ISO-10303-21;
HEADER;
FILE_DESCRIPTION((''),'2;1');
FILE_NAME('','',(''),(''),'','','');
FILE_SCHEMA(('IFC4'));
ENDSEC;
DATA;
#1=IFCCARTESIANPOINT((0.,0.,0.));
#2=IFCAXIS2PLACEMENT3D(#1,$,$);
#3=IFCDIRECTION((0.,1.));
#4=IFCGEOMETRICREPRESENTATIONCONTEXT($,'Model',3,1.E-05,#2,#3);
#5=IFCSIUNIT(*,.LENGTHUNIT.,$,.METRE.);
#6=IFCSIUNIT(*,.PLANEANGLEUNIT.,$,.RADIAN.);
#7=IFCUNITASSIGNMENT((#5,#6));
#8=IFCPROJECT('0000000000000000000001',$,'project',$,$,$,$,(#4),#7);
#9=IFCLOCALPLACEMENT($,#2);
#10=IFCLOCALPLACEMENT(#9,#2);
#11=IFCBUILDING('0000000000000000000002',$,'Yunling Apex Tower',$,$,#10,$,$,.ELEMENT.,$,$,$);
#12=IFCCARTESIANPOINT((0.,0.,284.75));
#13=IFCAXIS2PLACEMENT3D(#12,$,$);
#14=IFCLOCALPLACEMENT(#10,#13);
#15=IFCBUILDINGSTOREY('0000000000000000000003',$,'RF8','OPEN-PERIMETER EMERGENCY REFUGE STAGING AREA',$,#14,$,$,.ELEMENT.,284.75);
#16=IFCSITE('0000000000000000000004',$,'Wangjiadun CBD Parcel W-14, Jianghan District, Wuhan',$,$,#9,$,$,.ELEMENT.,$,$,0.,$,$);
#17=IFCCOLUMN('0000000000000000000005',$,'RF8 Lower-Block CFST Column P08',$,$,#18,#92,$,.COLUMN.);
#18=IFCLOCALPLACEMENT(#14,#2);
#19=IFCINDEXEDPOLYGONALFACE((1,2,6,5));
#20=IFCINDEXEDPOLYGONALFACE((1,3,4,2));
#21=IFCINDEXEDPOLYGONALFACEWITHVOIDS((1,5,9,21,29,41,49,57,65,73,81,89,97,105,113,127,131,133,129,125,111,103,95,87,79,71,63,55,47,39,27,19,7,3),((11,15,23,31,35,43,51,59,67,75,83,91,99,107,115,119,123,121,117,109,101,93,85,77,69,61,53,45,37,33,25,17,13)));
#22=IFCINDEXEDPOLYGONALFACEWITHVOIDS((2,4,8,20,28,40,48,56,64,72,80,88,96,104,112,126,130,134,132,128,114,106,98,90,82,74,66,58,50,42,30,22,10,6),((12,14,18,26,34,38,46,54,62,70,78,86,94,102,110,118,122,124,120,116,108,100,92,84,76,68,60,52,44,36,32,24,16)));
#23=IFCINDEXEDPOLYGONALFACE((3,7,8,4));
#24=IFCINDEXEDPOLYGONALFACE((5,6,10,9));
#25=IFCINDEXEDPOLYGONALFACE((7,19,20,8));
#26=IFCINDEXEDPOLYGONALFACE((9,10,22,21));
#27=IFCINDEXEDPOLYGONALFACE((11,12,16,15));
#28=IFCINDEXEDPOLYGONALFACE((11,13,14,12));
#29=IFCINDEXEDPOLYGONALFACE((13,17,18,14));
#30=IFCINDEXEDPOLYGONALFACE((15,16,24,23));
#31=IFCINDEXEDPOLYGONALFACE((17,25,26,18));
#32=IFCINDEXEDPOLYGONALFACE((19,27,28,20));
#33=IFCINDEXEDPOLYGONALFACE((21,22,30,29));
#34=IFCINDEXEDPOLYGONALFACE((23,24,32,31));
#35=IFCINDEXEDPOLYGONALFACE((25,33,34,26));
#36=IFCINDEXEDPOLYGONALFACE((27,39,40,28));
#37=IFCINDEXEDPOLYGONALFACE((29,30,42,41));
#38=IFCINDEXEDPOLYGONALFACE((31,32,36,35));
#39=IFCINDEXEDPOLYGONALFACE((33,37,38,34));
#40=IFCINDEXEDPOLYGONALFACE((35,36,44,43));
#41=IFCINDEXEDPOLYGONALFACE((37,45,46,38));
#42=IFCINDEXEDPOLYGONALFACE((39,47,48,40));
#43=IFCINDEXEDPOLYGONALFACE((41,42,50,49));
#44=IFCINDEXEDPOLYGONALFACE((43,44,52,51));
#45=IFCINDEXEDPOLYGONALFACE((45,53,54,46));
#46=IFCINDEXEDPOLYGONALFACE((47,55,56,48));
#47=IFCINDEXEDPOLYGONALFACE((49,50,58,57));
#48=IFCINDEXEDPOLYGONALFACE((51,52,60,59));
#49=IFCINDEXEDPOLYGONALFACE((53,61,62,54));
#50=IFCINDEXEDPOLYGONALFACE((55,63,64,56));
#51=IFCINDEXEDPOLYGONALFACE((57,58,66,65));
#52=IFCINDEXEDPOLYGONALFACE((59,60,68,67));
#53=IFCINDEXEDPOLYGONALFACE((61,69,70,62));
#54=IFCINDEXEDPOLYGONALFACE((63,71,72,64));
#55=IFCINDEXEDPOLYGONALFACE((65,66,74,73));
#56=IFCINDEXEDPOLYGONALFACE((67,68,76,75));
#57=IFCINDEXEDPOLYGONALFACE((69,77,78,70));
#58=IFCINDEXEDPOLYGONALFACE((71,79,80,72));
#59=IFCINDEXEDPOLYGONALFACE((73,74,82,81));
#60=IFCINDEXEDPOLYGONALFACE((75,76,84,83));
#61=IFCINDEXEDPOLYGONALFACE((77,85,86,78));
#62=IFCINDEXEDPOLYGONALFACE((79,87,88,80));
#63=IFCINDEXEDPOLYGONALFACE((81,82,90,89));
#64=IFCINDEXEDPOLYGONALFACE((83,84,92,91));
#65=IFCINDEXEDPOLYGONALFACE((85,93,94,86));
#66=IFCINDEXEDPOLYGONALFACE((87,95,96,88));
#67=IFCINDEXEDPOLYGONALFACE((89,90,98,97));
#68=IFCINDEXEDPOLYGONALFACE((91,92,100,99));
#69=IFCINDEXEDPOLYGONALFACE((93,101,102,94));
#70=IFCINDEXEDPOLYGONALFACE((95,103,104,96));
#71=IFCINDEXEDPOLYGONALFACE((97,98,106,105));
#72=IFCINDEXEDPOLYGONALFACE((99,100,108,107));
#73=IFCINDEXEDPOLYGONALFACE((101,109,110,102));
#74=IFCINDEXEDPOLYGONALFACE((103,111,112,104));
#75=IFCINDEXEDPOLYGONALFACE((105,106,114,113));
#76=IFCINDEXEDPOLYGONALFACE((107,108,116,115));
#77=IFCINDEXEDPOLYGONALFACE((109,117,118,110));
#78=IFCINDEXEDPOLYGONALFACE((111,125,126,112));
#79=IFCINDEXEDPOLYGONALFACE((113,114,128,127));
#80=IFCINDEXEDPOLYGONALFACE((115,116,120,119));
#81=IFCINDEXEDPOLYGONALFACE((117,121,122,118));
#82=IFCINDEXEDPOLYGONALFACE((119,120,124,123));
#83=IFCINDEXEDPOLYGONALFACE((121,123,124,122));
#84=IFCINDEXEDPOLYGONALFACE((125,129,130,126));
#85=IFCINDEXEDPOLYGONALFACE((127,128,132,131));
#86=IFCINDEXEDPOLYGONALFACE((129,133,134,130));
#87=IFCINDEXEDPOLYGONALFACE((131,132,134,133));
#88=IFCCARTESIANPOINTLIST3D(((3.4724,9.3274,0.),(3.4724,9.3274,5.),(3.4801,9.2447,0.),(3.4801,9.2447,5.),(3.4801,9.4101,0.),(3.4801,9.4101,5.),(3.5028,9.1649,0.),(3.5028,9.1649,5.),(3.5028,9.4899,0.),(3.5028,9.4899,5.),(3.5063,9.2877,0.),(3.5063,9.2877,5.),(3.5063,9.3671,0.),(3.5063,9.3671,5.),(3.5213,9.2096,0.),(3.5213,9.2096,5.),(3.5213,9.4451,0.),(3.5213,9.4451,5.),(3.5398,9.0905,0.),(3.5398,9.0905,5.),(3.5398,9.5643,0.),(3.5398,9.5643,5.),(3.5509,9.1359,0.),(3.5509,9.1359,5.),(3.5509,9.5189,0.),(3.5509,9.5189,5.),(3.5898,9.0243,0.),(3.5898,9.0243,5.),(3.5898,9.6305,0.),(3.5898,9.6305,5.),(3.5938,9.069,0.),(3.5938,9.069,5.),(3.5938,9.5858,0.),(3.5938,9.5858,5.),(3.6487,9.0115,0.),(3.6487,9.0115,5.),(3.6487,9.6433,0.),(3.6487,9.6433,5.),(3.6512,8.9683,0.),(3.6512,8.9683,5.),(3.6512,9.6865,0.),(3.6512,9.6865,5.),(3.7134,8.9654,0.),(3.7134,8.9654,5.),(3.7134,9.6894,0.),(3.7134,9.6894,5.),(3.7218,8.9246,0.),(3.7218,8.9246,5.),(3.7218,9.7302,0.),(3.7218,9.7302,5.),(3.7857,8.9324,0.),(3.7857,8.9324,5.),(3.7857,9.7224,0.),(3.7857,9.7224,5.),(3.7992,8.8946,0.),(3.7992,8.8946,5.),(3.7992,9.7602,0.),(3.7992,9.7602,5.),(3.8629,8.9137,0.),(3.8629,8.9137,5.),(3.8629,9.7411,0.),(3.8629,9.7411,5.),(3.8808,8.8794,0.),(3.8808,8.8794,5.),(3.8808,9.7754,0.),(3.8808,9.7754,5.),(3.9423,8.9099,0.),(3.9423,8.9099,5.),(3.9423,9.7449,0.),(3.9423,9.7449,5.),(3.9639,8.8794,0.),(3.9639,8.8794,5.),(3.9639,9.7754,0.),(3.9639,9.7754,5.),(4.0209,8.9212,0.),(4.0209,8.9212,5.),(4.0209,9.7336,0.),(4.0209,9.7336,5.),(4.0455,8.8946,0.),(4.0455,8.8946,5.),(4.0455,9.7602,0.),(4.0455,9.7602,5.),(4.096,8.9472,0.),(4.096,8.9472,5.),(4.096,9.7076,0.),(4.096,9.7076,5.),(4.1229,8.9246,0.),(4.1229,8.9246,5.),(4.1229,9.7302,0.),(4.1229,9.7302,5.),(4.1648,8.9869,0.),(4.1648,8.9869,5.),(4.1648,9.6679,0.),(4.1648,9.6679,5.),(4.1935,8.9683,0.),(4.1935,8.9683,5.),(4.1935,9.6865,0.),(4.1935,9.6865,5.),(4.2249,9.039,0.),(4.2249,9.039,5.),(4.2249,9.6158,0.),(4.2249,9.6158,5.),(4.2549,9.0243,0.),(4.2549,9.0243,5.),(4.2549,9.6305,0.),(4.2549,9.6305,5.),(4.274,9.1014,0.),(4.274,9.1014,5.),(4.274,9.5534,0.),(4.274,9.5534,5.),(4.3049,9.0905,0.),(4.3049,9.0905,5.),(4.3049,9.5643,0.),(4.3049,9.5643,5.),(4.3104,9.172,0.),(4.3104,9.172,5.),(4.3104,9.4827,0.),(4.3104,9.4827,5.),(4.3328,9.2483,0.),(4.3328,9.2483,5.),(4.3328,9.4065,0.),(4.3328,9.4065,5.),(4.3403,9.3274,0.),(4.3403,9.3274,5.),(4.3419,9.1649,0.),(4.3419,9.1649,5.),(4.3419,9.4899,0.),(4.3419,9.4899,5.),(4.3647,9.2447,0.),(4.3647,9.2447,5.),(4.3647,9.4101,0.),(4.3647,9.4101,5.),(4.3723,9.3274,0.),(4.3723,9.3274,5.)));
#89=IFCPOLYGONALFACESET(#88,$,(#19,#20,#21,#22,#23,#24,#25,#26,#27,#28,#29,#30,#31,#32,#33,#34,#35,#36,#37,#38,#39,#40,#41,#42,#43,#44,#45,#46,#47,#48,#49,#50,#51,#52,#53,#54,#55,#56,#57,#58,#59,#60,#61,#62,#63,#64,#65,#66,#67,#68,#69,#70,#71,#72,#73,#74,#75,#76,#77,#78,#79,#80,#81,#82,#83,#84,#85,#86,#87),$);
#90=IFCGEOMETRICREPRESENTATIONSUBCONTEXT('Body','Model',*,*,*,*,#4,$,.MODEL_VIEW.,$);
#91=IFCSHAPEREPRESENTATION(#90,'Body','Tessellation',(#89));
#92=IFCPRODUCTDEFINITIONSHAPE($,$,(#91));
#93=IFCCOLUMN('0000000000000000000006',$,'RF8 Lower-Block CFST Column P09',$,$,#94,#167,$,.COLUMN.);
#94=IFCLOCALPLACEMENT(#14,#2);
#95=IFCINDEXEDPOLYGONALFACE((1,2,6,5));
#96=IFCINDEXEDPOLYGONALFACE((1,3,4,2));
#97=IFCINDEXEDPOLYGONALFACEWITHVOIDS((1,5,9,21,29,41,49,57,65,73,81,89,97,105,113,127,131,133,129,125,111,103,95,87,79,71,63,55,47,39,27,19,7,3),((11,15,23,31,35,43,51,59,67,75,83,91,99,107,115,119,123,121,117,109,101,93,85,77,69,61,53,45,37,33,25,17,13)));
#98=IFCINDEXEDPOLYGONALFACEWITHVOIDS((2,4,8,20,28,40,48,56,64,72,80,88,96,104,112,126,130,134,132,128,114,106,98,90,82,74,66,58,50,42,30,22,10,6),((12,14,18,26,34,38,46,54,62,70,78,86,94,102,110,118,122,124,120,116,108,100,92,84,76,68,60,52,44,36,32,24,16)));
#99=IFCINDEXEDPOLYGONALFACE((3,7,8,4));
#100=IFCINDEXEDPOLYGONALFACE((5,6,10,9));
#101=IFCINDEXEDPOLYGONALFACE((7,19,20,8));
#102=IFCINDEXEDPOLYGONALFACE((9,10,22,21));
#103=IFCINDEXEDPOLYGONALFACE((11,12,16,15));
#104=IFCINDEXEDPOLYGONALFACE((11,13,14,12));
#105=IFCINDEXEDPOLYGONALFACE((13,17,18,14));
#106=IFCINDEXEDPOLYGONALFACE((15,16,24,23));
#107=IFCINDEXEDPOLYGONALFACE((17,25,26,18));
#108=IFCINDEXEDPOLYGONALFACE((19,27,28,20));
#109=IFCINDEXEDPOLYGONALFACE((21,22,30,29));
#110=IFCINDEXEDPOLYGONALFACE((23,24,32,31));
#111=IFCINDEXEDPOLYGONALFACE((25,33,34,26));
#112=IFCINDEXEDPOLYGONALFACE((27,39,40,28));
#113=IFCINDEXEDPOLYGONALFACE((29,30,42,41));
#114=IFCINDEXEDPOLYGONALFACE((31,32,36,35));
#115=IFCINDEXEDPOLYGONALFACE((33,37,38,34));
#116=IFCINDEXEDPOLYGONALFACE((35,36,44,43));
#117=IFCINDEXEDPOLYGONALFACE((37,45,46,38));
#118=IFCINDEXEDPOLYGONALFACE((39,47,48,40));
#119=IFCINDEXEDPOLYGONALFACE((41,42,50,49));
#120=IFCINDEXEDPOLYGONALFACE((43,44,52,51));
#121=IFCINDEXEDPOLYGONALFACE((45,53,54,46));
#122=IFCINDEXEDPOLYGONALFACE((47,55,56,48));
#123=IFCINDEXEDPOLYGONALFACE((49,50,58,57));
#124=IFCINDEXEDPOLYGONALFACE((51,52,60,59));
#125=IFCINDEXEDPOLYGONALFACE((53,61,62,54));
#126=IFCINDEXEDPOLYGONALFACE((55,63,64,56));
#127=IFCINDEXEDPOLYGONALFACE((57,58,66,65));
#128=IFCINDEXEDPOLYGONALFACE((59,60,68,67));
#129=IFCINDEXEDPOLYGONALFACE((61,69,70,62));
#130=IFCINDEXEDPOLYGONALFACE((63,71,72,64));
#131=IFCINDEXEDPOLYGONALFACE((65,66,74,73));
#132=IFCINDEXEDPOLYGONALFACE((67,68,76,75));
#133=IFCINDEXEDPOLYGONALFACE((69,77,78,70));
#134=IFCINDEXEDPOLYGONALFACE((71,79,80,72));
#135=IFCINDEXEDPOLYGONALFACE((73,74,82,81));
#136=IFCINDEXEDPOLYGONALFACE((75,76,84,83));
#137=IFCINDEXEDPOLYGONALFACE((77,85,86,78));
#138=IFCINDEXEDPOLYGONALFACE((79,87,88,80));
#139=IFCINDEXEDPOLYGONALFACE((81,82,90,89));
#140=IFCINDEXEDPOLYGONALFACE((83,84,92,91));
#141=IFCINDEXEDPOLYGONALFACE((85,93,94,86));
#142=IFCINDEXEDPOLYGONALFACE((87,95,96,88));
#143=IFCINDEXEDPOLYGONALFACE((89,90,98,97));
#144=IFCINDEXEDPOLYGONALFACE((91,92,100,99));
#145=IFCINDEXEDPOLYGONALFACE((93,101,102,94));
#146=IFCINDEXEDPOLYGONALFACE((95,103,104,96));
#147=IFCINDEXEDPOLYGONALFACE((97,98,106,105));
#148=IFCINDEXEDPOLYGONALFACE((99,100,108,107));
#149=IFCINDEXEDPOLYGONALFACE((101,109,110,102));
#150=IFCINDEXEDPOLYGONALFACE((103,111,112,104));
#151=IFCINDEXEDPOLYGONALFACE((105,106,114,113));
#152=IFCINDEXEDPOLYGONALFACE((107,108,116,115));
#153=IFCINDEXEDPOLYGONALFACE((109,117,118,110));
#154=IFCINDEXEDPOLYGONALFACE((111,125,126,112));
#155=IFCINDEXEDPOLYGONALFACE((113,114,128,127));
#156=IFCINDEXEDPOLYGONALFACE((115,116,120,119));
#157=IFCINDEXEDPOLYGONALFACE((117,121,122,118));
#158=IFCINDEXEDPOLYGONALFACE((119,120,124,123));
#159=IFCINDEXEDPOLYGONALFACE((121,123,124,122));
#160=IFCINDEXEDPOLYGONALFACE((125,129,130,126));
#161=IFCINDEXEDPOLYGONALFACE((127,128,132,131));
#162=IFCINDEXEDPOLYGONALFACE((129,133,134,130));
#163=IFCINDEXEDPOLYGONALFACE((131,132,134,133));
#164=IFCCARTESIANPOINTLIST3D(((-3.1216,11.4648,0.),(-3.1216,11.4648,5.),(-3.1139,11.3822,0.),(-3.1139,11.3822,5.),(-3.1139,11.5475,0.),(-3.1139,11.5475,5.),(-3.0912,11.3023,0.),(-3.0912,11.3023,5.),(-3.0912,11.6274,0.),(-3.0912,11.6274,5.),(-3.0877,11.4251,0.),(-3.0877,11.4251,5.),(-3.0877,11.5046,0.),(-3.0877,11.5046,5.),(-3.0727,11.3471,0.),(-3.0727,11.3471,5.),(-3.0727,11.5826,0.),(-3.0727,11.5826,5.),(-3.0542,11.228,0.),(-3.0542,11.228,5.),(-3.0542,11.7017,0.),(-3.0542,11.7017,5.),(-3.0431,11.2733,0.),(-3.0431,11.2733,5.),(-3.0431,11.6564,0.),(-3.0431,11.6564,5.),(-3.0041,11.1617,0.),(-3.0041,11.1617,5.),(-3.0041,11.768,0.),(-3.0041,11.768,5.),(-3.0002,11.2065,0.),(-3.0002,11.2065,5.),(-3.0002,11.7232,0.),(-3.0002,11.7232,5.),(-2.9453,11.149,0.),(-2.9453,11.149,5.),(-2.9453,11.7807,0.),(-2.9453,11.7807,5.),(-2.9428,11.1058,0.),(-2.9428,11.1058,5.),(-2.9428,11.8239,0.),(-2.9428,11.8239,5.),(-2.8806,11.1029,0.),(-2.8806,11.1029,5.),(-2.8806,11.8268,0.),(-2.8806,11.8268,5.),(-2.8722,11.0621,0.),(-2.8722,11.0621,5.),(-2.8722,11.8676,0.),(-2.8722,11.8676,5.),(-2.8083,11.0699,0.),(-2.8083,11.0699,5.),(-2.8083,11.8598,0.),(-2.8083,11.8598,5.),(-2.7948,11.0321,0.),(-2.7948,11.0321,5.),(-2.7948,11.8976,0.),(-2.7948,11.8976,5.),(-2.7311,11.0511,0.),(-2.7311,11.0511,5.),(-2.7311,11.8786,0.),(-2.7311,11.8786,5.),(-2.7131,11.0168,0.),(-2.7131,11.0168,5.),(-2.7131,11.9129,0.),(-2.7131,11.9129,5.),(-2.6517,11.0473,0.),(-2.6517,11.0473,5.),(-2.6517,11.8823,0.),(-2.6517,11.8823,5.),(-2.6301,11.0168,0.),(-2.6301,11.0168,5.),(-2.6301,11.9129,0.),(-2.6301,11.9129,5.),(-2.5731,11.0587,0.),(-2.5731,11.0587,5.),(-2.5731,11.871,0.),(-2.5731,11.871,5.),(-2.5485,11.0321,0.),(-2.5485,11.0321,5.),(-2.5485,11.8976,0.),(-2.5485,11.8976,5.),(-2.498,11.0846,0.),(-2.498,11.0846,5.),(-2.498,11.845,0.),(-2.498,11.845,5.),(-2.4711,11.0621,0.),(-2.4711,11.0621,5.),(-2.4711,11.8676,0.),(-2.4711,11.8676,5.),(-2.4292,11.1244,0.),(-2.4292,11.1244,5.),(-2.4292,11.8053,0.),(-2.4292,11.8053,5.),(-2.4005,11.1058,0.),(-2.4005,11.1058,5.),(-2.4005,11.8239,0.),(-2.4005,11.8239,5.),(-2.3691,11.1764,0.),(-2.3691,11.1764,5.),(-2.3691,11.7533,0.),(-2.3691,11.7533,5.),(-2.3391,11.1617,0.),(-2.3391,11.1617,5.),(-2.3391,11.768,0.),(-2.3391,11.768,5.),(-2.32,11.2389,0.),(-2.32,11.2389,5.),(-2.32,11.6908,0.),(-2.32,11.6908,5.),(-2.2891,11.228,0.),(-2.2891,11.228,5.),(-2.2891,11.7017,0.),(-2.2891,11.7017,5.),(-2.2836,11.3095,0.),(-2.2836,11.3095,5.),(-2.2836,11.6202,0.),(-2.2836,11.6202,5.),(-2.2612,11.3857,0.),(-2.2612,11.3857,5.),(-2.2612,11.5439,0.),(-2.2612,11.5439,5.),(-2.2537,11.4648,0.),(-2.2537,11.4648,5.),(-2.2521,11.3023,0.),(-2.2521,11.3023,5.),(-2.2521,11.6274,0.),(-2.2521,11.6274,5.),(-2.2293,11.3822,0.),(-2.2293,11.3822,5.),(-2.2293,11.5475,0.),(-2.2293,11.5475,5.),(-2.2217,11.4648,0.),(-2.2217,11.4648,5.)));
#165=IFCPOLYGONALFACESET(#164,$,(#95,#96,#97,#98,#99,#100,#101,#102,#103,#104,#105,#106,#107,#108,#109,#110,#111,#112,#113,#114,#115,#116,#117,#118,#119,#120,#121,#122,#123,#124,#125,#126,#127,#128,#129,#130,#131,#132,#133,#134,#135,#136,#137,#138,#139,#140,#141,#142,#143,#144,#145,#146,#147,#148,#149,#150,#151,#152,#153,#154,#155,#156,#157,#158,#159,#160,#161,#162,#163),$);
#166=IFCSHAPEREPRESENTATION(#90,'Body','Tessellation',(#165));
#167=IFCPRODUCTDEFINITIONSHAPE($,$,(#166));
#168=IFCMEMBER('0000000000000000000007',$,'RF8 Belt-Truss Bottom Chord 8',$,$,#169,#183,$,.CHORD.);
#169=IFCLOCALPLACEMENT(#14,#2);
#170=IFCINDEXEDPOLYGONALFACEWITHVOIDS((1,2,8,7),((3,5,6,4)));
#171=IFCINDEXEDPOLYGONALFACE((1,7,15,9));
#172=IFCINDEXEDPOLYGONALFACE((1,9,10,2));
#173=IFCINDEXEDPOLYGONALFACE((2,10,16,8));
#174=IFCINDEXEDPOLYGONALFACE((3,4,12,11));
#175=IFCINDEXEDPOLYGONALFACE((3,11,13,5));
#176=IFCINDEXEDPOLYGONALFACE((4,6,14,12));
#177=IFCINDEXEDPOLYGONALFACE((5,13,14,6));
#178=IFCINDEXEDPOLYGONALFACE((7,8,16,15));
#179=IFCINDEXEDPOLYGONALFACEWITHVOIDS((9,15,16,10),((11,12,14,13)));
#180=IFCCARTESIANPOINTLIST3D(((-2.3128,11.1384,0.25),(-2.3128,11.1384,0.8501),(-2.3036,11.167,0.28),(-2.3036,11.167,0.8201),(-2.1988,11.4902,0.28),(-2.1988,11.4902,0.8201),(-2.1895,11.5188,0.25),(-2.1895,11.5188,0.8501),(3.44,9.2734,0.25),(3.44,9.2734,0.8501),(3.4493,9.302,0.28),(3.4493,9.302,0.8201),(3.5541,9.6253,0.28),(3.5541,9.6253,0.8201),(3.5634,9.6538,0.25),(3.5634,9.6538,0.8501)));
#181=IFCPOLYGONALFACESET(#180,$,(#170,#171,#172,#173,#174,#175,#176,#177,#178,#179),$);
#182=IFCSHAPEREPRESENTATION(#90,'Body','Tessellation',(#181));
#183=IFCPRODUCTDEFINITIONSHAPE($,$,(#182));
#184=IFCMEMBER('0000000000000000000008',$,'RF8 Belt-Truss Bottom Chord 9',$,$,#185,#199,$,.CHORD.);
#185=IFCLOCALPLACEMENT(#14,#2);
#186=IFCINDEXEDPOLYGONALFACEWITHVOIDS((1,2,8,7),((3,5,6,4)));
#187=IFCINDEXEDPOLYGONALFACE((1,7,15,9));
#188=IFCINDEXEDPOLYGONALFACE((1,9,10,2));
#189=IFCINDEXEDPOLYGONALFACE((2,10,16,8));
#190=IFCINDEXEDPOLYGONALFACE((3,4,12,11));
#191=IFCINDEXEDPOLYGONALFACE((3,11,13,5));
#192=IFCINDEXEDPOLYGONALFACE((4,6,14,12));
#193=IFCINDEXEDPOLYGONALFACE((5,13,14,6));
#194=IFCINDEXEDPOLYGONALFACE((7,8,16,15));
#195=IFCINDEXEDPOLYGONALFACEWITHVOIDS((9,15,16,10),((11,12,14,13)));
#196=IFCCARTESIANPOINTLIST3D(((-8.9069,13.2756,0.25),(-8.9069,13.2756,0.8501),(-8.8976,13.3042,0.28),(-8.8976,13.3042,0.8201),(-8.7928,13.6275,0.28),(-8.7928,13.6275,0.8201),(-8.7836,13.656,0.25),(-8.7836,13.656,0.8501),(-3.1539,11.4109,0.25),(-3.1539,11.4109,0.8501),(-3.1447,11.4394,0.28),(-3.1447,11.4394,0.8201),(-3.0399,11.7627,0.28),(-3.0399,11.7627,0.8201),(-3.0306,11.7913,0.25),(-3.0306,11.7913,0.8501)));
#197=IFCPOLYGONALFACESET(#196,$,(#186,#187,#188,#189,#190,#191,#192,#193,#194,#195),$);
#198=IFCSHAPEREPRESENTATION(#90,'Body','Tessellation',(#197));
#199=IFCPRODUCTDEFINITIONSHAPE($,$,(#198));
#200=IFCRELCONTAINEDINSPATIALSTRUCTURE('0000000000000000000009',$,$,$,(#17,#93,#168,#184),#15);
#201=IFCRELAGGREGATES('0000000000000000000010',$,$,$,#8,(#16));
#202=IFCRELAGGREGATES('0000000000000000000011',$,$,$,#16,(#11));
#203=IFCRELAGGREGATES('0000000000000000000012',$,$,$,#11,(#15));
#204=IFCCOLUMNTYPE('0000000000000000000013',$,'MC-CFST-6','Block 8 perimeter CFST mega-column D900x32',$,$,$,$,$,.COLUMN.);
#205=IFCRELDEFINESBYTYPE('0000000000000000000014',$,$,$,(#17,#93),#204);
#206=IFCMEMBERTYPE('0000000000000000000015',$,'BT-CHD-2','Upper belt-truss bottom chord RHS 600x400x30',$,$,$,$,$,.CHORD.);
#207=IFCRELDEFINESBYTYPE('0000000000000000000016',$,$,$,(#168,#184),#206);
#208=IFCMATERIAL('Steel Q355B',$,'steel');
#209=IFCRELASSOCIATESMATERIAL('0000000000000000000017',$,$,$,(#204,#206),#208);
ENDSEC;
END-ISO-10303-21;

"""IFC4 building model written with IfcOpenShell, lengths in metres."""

from ifc_helpers import new_model, si_unit, direction, frame, origin, origin_2d, place, context, subcontext, project, spatial, hollow_rectangle, hollow_circle, extrude, source, transform, mapped, material, material_profile, profile_set, type_object, element, save


model = new_model("IFC4")

# Units and contexts
model_context = context("Model", 3, precision=1e-05, world=origin(), true_north=direction((0.0, 1.0)))
body_context = subcontext(model_context, "Body", "Model", "MODEL_VIEW")
ifc_project = project(units=[si_unit("LENGTHUNIT", "METRE"), si_unit("PLANEANGLEUNIT", "RADIAN")], contexts=[model_context])

# Site, building, storey
site_placement = place(None, origin())
site = spatial("IfcSite", under=ifc_project, at=site_placement, Name="Wangjiadun CBD Parcel W-14, Jianghan District, Wuhan", CompositionType="ELEMENT", RefElevation=0.0)
building_placement = place(site_placement, origin())
building = spatial("IfcBuilding", under=site, at=building_placement, Name="Yunling Apex Tower", CompositionType="ELEMENT")
storey_placement = place(building_placement, frame((0.0, 0.0, 284.75)))
storey = spatial("IfcBuildingStorey", under=building, at=storey_placement, Name="RF8", Description="OPEN-PERIMETER EMERGENCY REFUGE STAGING AREA", CompositionType="ELEMENT", Elevation=284.75)

# Columns
ifc_material_1 = material(Name="Steel Q355B", Category="steel")
ifc_material_profile_1 = material_profile(ifc_material_1, hollow_circle(Radius=0.45, WallThickness=0.032, at=origin_2d()))
ifc_profile_set_1 = profile_set([ifc_material_profile_1], Name="Steel Q355B")
column_type = type_object("IfcColumnType", Name="MC-CFST-6", Description="Block 8 perimeter CFST mega-column D900x32", PredefinedType="COLUMN", material=ifc_profile_set_1)
shared_shape_1 = source(origin(), body_context, "Body", "SweptSolid", [
    extrude(hollow_circle(Radius=0.45, WallThickness=0.032, at=origin_2d()), origin(), (0.0, 0.0, 1.0), 5.0),
])
for number, where, z_axis, x_axis, name in (
    (1, (3.9224, 9.3274, 0.0), (0.0, 0.0, 1.0), (1.0, 0.0, 0.0), "RF8 Lower-Block CFST Column P08"),
    (2, (-2.6716, 11.4648, 0.0), (0.0, 0.0, 1.0), (1.0, 0.0, 0.0), "RF8 Lower-Block CFST Column P09"),
):
    element("IfcColumn", number, at=place(storey_placement, frame(where, z_axis=z_axis, x_axis=x_axis)), inside=storey, type_object=column_type, Name=name, PredefinedType="COLUMN", context=body_context, shape_type="MappedRepresentation", body=[
        mapped(shared_shape_1, transform((0.0, 0.0, 0.0), scale=1.0)),
    ])

# Members
ifc_material_profile_2 = material_profile(ifc_material_1, hollow_rectangle(XDim=0.3999, YDim=0.6001, WallThickness=0.03, at=origin_2d()))
ifc_profile_set_2 = profile_set([ifc_material_profile_2], Name="Steel Q355B")
member_type_1 = type_object("IfcMemberType", Name="BT-CHD-2", Description="Upper belt-truss bottom chord RHS 600x400x30", PredefinedType="CHORD", material=ifc_profile_set_2)
shared_shape_2 = source(origin(), body_context, "Body", "SweptSolid", [
    extrude(hollow_rectangle(XDim=0.3999, YDim=0.6001, WallThickness=0.03, at=origin_2d()), origin(), (0.0, 0.0, 1.0), 6.0476),
])
for number, where, z_axis, x_axis, name in (
    (3, (3.5017, 9.4636, 0.55), (-0.951263, 0.308381, 0.0), (-0.308381, -0.951263, 0.0), "RF8 Belt-Truss Bottom Chord 8"),
    (4, (-3.0923, 11.6011, 0.55), (-0.951275, 0.308345, 0.0), (-0.308345, -0.951275, 0.0), "RF8 Belt-Truss Bottom Chord 9"),
):
    element("IfcMember", number, at=place(storey_placement, frame(where, z_axis=z_axis, x_axis=x_axis)), inside=storey, type_object=member_type_1, Name=name, PredefinedType="CHORD", context=body_context, shape_type="MappedRepresentation", body=[
        mapped(shared_shape_2, transform((0.0, 0.0, 0.0), scale=1.0)),
    ])

save(model, "model.ifc")
